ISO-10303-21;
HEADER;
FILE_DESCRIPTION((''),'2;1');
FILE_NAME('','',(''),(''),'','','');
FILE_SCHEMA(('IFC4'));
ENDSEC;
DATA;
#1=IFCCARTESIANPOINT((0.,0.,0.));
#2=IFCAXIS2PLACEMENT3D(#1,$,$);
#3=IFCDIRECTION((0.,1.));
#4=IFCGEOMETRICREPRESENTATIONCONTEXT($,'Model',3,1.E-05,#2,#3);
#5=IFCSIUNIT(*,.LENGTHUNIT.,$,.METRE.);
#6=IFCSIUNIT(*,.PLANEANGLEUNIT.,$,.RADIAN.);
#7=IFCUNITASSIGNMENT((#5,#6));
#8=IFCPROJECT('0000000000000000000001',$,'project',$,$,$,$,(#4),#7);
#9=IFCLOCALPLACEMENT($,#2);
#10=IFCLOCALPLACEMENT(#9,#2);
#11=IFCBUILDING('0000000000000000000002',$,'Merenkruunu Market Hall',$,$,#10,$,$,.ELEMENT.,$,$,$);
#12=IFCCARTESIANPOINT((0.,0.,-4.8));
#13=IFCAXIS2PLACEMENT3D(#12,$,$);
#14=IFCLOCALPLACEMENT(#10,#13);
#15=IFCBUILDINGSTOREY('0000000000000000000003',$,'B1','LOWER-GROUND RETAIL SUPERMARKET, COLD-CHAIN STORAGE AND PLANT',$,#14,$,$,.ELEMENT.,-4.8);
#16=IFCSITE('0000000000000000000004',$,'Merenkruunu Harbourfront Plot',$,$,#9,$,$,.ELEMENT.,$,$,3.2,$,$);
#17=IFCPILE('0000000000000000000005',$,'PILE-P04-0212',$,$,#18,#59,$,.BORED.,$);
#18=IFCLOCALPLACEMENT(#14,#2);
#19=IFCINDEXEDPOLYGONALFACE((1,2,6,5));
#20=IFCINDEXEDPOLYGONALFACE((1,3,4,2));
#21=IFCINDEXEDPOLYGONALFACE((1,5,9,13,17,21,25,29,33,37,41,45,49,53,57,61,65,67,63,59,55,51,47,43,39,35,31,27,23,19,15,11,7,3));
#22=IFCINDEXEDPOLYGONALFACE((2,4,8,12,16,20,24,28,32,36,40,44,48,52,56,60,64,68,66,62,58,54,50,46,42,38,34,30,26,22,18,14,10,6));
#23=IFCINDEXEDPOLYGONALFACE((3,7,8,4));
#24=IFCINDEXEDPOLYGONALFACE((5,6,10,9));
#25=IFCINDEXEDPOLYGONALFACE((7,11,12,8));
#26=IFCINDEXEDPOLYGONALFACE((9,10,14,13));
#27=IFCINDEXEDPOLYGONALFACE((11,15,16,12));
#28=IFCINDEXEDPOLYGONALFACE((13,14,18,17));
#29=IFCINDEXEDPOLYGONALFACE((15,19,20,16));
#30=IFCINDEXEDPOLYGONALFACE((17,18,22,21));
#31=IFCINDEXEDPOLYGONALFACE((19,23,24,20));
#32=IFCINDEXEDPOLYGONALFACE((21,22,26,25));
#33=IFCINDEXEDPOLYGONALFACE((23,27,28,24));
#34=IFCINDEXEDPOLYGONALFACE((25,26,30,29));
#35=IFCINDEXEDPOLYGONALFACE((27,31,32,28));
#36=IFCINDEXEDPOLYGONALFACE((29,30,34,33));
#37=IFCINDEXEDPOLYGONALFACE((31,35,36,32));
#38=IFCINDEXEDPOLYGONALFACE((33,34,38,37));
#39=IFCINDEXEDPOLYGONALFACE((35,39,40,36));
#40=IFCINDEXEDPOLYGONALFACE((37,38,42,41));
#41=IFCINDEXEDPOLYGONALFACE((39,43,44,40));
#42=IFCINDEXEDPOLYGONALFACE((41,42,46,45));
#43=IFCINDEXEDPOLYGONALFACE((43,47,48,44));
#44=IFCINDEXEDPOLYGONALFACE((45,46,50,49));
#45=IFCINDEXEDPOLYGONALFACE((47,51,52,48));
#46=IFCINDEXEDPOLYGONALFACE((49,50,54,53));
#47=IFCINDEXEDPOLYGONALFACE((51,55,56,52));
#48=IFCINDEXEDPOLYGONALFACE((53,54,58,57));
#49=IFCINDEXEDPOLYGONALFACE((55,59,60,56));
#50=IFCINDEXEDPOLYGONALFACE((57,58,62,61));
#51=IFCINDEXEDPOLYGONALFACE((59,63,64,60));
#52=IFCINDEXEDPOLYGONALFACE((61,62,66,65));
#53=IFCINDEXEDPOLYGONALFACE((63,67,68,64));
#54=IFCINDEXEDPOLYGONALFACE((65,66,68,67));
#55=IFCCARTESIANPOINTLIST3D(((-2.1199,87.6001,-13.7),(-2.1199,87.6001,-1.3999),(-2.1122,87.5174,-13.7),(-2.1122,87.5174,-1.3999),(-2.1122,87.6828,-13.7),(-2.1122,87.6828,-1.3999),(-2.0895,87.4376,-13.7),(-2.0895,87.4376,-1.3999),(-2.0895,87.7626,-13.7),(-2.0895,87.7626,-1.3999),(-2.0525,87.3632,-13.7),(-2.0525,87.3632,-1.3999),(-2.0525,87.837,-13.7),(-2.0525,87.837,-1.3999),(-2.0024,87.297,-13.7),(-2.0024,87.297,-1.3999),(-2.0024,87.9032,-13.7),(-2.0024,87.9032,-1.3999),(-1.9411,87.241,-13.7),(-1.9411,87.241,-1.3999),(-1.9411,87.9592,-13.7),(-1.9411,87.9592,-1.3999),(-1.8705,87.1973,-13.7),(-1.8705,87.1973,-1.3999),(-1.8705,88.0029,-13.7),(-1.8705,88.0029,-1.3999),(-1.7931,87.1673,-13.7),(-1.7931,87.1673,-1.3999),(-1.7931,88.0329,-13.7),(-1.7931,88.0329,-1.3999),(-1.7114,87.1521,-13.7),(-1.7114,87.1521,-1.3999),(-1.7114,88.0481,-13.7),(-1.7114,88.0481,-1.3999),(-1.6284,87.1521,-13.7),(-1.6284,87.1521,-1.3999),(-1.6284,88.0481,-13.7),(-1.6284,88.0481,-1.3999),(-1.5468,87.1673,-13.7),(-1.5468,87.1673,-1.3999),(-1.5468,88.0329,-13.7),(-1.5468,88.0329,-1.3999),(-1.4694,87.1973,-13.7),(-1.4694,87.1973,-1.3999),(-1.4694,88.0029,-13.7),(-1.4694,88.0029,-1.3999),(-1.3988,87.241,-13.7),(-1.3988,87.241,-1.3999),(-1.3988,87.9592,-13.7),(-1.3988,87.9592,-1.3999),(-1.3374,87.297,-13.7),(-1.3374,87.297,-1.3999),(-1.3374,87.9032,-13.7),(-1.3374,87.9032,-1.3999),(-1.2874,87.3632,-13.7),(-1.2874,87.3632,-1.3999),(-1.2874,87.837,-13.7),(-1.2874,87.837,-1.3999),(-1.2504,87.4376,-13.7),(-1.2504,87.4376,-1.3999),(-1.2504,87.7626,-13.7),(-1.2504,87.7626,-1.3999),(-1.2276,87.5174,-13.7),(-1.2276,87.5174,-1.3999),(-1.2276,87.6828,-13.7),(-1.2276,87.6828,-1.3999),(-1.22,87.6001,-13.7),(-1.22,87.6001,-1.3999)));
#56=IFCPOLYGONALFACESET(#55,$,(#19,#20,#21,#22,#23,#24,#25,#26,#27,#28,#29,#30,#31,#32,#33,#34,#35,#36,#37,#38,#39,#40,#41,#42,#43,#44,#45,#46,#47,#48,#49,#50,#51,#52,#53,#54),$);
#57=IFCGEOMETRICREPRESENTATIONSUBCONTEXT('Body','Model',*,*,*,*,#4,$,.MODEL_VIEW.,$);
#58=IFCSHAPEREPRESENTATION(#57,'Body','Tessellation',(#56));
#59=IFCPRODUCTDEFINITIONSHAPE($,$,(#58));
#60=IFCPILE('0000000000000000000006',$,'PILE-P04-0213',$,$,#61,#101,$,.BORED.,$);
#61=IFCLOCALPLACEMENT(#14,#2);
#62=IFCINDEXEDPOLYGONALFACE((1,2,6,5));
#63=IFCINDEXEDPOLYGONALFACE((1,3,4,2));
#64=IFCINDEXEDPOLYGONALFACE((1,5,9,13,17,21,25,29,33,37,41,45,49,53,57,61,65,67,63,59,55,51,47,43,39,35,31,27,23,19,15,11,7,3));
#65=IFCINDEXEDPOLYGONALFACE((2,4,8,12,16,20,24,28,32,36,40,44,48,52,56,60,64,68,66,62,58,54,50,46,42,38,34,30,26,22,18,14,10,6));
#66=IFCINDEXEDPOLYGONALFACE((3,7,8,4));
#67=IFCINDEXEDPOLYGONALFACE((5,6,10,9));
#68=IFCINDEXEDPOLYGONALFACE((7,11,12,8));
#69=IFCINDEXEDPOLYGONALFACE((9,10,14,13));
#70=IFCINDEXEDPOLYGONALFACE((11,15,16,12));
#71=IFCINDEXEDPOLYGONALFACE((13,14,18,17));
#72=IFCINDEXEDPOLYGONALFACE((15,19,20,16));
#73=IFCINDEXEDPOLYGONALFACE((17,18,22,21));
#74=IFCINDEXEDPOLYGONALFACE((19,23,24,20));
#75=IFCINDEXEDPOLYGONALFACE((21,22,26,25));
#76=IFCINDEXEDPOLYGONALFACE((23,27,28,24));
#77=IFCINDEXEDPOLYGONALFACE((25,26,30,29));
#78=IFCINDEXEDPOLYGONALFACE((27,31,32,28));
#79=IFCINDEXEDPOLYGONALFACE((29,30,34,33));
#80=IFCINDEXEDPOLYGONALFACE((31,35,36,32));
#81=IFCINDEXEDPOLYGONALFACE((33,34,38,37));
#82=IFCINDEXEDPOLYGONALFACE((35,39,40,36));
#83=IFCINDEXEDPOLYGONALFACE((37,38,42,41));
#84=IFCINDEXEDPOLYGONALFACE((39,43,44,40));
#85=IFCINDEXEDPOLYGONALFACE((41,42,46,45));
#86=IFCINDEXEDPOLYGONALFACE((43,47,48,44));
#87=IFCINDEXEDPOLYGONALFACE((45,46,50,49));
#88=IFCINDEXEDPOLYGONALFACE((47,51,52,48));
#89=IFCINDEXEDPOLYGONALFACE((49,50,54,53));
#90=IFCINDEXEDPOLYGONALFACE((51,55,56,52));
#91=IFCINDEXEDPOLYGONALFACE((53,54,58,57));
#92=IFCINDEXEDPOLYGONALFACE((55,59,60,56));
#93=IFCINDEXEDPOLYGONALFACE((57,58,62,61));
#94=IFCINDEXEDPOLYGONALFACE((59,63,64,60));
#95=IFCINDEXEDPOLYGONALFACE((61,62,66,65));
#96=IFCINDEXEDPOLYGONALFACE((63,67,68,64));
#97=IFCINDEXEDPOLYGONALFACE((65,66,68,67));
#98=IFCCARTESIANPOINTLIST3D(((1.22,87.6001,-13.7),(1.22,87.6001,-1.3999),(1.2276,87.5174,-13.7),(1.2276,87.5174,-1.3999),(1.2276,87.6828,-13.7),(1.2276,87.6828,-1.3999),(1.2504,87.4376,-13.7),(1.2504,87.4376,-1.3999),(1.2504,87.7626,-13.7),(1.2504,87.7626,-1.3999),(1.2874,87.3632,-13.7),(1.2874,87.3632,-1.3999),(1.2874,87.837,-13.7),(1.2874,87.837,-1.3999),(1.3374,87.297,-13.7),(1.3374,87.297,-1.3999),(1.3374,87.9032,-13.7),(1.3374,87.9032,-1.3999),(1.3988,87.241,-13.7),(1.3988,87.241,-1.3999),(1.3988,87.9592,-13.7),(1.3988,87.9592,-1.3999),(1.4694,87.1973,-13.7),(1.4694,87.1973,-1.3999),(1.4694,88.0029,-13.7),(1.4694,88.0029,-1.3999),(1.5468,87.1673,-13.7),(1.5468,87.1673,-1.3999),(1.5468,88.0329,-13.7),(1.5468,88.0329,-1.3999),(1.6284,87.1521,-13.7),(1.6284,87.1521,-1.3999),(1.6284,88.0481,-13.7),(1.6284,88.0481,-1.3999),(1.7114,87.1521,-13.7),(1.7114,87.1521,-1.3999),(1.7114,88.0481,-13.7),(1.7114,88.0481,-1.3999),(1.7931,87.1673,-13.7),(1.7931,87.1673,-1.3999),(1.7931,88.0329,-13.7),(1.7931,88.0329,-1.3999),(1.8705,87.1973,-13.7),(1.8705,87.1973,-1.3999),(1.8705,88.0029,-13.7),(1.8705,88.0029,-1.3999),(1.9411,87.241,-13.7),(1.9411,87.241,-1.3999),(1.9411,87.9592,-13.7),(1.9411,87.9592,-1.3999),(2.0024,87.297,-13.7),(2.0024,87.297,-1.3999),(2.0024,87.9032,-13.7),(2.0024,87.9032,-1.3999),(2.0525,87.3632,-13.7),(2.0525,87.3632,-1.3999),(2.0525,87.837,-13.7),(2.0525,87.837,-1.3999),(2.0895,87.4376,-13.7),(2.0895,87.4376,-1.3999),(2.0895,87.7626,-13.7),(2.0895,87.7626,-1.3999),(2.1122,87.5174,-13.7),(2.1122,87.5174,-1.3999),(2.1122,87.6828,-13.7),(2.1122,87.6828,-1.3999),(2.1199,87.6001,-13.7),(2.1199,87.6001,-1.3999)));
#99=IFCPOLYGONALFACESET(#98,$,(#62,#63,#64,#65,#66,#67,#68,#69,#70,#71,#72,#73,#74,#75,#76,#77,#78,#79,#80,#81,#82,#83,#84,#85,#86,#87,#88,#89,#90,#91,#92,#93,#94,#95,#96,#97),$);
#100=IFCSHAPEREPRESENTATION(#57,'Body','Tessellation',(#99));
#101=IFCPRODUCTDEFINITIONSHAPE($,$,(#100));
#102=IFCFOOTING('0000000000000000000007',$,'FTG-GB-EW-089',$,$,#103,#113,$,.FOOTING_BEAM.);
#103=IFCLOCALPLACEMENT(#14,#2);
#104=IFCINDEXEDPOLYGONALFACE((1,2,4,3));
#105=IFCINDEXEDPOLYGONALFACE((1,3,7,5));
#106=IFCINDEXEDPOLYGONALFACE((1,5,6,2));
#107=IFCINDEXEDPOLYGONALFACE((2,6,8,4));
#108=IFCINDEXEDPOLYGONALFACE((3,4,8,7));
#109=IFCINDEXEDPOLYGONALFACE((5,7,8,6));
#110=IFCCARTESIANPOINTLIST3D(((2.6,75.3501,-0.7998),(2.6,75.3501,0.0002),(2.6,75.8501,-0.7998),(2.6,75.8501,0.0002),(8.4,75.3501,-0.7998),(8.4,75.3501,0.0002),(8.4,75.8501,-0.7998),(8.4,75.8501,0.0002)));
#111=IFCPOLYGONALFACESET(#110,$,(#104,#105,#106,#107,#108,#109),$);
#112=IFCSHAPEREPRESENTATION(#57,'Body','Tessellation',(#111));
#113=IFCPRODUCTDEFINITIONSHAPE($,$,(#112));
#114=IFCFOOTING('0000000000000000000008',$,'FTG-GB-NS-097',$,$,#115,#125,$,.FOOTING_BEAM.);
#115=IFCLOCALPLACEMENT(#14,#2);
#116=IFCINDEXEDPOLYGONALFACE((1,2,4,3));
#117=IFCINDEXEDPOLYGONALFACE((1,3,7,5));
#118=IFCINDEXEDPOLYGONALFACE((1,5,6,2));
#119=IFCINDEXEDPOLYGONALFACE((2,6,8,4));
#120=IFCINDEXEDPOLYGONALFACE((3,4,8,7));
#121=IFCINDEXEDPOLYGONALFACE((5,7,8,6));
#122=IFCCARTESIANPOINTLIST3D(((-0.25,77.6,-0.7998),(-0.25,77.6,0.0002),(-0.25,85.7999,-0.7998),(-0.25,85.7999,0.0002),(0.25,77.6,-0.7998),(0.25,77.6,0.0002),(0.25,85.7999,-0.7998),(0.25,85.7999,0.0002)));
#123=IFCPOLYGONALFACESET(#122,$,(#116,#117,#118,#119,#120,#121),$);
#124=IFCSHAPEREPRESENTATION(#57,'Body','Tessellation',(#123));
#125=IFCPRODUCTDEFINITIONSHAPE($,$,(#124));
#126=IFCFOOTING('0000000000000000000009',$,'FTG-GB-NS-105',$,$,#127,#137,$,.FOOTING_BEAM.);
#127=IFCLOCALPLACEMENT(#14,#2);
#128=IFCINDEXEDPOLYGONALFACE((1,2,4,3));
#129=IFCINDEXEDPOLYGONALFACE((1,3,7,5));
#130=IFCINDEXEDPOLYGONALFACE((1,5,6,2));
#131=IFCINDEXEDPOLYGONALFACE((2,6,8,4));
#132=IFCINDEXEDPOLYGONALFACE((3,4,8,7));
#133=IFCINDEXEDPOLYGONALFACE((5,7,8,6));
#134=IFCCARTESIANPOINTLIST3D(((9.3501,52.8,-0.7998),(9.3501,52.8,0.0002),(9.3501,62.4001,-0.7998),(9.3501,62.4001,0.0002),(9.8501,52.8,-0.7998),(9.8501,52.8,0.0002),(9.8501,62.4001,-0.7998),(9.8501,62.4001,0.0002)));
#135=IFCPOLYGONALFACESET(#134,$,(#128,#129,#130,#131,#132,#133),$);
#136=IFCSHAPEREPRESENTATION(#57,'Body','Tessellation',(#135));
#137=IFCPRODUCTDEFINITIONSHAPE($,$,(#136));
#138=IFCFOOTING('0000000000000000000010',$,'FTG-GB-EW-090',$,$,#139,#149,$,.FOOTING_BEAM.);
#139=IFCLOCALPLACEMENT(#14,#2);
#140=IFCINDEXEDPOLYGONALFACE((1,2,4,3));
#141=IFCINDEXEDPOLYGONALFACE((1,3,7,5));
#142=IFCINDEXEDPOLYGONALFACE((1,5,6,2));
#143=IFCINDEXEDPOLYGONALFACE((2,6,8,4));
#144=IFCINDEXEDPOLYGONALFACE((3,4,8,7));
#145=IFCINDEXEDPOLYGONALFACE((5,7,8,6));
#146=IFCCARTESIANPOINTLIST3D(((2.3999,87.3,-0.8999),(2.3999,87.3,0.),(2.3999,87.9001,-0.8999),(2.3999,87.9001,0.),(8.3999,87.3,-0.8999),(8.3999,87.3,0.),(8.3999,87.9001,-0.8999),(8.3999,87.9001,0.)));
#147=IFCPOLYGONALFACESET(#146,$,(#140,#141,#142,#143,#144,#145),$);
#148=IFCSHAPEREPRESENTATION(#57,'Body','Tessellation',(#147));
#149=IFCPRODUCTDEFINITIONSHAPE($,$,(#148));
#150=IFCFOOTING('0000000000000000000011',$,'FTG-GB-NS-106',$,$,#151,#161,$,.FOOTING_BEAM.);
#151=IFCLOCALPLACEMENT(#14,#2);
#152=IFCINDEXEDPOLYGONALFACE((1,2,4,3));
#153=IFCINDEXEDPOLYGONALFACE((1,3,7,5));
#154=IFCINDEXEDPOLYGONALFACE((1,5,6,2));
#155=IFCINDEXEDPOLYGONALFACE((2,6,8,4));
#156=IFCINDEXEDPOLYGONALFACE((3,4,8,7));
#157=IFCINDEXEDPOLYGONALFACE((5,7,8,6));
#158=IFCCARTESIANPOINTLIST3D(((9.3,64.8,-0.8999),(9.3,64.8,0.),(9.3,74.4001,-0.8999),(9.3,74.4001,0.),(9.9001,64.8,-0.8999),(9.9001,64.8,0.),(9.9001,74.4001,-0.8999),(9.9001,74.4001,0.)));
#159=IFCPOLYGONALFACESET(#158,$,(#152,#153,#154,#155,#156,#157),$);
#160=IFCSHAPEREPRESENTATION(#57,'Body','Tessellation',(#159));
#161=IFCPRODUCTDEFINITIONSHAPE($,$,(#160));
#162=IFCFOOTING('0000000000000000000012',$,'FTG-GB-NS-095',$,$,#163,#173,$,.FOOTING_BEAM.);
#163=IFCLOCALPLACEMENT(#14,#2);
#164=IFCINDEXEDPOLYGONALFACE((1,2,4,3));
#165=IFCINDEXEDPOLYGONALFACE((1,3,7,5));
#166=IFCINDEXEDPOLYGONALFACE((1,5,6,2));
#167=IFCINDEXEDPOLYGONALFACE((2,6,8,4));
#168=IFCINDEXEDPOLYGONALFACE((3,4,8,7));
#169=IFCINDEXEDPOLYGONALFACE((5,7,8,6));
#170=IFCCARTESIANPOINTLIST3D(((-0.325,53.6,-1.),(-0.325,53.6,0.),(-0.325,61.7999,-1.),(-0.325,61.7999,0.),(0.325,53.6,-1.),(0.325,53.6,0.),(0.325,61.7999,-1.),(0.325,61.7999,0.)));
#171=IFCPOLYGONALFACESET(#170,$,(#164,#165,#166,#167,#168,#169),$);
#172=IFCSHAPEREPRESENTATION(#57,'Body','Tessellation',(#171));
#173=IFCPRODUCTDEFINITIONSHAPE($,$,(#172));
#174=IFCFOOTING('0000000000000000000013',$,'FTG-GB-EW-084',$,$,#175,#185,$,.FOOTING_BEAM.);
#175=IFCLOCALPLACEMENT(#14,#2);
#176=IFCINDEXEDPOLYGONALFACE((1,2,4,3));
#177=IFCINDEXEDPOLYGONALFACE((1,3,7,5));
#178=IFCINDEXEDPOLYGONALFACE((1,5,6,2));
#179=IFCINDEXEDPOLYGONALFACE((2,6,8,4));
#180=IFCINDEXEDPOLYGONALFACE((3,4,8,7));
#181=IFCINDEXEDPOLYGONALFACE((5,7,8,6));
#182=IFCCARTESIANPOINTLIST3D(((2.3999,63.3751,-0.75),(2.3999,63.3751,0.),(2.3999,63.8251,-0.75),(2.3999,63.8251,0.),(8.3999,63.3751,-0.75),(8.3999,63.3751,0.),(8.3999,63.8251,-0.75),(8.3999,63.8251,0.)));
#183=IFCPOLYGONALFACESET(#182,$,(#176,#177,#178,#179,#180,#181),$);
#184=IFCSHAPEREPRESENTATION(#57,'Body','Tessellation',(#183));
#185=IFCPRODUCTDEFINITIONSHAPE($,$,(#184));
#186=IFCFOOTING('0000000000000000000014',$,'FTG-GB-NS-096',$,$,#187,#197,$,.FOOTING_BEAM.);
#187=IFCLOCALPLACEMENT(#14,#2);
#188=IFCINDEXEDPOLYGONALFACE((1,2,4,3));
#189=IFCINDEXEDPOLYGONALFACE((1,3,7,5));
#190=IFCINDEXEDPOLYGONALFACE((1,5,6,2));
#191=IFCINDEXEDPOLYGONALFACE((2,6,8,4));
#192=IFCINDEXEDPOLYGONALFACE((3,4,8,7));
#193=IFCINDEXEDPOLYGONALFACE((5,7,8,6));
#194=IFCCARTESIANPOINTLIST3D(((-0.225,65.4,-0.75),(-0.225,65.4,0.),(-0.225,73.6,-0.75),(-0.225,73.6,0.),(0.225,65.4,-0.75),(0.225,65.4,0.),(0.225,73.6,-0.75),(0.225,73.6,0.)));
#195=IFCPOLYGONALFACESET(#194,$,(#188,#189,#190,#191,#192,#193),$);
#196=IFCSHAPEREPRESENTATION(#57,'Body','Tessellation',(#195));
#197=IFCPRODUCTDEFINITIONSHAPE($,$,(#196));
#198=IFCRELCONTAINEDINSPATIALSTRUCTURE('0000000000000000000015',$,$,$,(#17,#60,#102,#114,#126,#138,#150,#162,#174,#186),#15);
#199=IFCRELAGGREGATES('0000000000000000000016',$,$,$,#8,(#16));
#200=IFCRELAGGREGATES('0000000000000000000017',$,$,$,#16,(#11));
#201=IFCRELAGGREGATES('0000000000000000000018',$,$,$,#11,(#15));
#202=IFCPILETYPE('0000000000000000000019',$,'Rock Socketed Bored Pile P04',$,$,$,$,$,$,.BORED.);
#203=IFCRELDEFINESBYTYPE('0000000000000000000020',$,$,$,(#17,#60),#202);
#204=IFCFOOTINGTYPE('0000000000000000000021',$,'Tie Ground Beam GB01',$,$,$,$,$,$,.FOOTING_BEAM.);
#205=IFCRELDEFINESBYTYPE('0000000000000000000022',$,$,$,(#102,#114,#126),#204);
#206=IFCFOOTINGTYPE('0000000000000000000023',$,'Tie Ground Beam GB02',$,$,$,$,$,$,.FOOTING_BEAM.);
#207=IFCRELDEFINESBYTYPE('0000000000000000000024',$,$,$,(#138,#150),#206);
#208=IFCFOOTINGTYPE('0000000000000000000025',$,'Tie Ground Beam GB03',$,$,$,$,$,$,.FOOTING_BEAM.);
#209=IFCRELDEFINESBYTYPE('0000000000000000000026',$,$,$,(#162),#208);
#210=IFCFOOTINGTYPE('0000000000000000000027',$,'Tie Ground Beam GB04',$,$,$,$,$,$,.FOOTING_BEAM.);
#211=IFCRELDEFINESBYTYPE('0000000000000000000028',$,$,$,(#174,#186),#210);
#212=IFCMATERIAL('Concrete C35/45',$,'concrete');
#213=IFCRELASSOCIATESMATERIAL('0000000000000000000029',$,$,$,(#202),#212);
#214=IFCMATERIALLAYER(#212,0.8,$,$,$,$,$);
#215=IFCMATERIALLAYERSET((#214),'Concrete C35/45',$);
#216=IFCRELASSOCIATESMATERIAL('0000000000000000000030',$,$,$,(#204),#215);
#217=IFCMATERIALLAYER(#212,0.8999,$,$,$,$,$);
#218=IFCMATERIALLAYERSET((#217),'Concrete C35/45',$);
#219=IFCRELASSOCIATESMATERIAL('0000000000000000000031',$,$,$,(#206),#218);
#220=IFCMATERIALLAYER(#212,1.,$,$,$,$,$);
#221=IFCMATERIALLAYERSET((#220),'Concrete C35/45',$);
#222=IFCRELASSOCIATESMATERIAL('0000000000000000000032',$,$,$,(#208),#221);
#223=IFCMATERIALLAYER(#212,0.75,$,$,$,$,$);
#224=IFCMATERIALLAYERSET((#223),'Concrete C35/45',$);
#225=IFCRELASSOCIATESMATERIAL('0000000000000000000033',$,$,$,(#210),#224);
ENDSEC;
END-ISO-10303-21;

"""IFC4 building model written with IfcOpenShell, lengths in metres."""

from ifc_helpers import new_model, si_unit, direction, frame, origin, origin_2d, place, context, subcontext, project, spatial, rectangle, circle, extrude, material, layer, layer_set, material_profile, profile_set, type_object, element, save


model = new_model("IFC4")

# Units and contexts
model_context = context("Model", 3, precision=1e-05, world=origin(), true_north=direction((0.0, 1.0)))
body_context = subcontext(model_context, "Body", "Model", "MODEL_VIEW")
ifc_project = project(units=[si_unit("LENGTHUNIT", "METRE"), si_unit("PLANEANGLEUNIT", "RADIAN")], contexts=[model_context])

# Site, building, storey
site_placement = place(None, origin())
site = spatial("IfcSite", under=ifc_project, at=site_placement, Name="Merenkruunu Harbourfront Plot", CompositionType="ELEMENT", RefElevation=3.2)
building_placement = place(site_placement, origin())
building = spatial("IfcBuilding", under=site, at=building_placement, Name="Merenkruunu Market Hall", CompositionType="ELEMENT")
storey_placement = place(building_placement, frame((0.0, 0.0, -4.8)))
storey = spatial("IfcBuildingStorey", under=building, at=storey_placement, Name="B1", Description="LOWER-GROUND RETAIL SUPERMARKET, COLD-CHAIN STORAGE AND PLANT", CompositionType="ELEMENT", Elevation=-4.8)

# Shared definitions
ifc_material_1 = material(Name="Concrete C35/45", Category="concrete")

# Piles
ifc_material_profile_1 = material_profile(ifc_material_1, circle(Radius=0.45, at=origin_2d()), Name="BORED PILE 900")
ifc_profile_set_1 = profile_set([ifc_material_profile_1], Name="Concrete C35/45")
pile_type_1 = type_object("IfcPileType", Name="Rock Socketed Bored Pile P04", PredefinedType="BORED", material=ifc_profile_set_1)
for number, where, z_axis, x_axis, name in (
    (1, (-1.6699, 87.6001, -1.3999), (0.0, 0.0, -1.0), (1.0, 0.0, 0.0), "PILE-P04-0212"),
    (2, (1.6699, 87.6001, -1.3999), (0.0, 0.0, -1.0), (1.0, 0.0, 0.0), "PILE-P04-0213"),
):
    element("IfcPile", number, at=place(storey_placement, frame(where, z_axis=z_axis, x_axis=x_axis)), inside=storey, type_object=pile_type_1, Name=name, PredefinedType="BORED", context=body_context, shape_type="SweptSolid", body=[
        extrude(circle(Radius=0.45, at=origin_2d()), origin(), (0.0, 0.0, 1.0), 12.3),
    ])

# Footings
ifc_layer_1 = layer(ifc_material_1, 0.8)
ifc_layer_set_1 = layer_set([ifc_layer_1], Name="Concrete C35/45")
footing_type_1 = type_object("IfcFootingType", Name="Tie Ground Beam GB01", PredefinedType="FOOTING_BEAM", material=ifc_layer_set_1)
footing_1_placement = place(storey_placement, frame((5.5, 75.6001, -0.7998), z_axis=(0.0, 0.0, 1.0), x_axis=(1.0, 0.0, 0.0)))
element("IfcFooting", 3, at=footing_1_placement, inside=storey, type_object=footing_type_1, Name="FTG-GB-EW-089", PredefinedType="FOOTING_BEAM", context=body_context, shape_type="SweptSolid", body=[
    extrude(rectangle(XDim=5.8, YDim=0.5, at=origin_2d()), origin(), (0.0, 0.0, 1.0), 0.8),
])
footing_2_placement = place(storey_placement, frame((0.0, 81.7, -0.7998), z_axis=(0.0, 0.0, 1.0), x_axis=(0.0, 1.0, 0.0)))
element("IfcFooting", 4, at=footing_2_placement, inside=storey, type_object=footing_type_1, Name="FTG-GB-NS-097", PredefinedType="FOOTING_BEAM", context=body_context, shape_type="SweptSolid", body=[
    extrude(rectangle(XDim=8.2, YDim=0.5, at=origin_2d()), origin(), (0.0, 0.0, 1.0), 0.8),
])
footing_3_placement = place(storey_placement, frame((9.6001, 57.6001, -0.7998), z_axis=(0.0, 0.0, 1.0), x_axis=(0.0, 1.0, 0.0)))
element("IfcFooting", 5, at=footing_3_placement, inside=storey, type_object=footing_type_1, Name="FTG-GB-NS-105", PredefinedType="FOOTING_BEAM", context=body_context, shape_type="SweptSolid", body=[
    extrude(rectangle(XDim=9.6001, YDim=0.5, at=origin_2d()), origin(), (0.0, 0.0, 1.0), 0.8),
])
ifc_layer_2 = layer(ifc_material_1, 0.8999)
ifc_layer_set_2 = layer_set([ifc_layer_2], Name="Concrete C35/45")
footing_type_2 = type_object("IfcFootingType", Name="Tie Ground Beam GB02", PredefinedType="FOOTING_BEAM", material=ifc_layer_set_2)
footing_4_placement = place(storey_placement, frame((5.3999, 87.6001, -0.8999), z_axis=(0.0, 0.0, 1.0), x_axis=(1.0, 0.0, 0.0)))
element("IfcFooting", 6, at=footing_4_placement, inside=storey, type_object=footing_type_2, Name="FTG-GB-EW-090", PredefinedType="FOOTING_BEAM", context=body_context, shape_type="SweptSolid", body=[
    extrude(rectangle(XDim=6.0, YDim=0.6001, at=origin_2d()), origin(), (0.0, 0.0, 1.0), 0.8999),
])
footing_5_placement = place(storey_placement, frame((9.6001, 69.6001, -0.8999), z_axis=(0.0, 0.0, 1.0), x_axis=(0.0, 1.0, 0.0)))
element("IfcFooting", 7, at=footing_5_placement, inside=storey, type_object=footing_type_2, Name="FTG-GB-NS-106", PredefinedType="FOOTING_BEAM", context=body_context, shape_type="SweptSolid", body=[
    extrude(rectangle(XDim=9.6001, YDim=0.6001, at=origin_2d()), origin(), (0.0, 0.0, 1.0), 0.8999),
])
ifc_layer_3 = layer(ifc_material_1, 1.0)
ifc_layer_set_3 = layer_set([ifc_layer_3], Name="Concrete C35/45")
footing_type_3 = type_object("IfcFootingType", Name="Tie Ground Beam GB03", PredefinedType="FOOTING_BEAM", material=ifc_layer_set_3)
footing_6_placement = place(storey_placement, frame((0.0, 57.7, -1.0), z_axis=(0.0, 0.0, 1.0), x_axis=(0.0, 1.0, 0.0)))
element("IfcFooting", 8, at=footing_6_placement, inside=storey, type_object=footing_type_3, Name="FTG-GB-NS-095", PredefinedType="FOOTING_BEAM", context=body_context, shape_type="SweptSolid", body=[
    extrude(rectangle(XDim=8.2, YDim=0.6499, at=origin_2d()), origin(), (0.0, 0.0, 1.0), 1.0),
])
ifc_layer_4 = layer(ifc_material_1, 0.75)
ifc_layer_set_4 = layer_set([ifc_layer_4], Name="Concrete C35/45")
footing_type_4 = type_object("IfcFootingType", Name="Tie Ground Beam GB04", PredefinedType="FOOTING_BEAM", material=ifc_layer_set_4)
footing_7_placement = place(storey_placement, frame((5.3999, 63.6001, -0.75), z_axis=(0.0, 0.0, 1.0), x_axis=(1.0, 0.0, 0.0)))
element("IfcFooting", 9, at=footing_7_placement, inside=storey, type_object=footing_type_4, Name="FTG-GB-EW-084", PredefinedType="FOOTING_BEAM", context=body_context, shape_type="SweptSolid", body=[
    extrude(rectangle(XDim=6.0, YDim=0.45, at=origin_2d()), origin(), (0.0, 0.0, 1.0), 0.75),
])
footing_8_placement = place(storey_placement, frame((0.0, 69.5, -0.75), z_axis=(0.0, 0.0, 1.0), x_axis=(0.0, 1.0, 0.0)))
element("IfcFooting", 10, at=footing_8_placement, inside=storey, type_object=footing_type_4, Name="FTG-GB-NS-096", PredefinedType="FOOTING_BEAM", context=body_context, shape_type="SweptSolid", body=[
    extrude(rectangle(XDim=8.2, YDim=0.45, at=origin_2d()), origin(), (0.0, 0.0, 1.0), 0.75),
])

save(model, "model.ifc")
